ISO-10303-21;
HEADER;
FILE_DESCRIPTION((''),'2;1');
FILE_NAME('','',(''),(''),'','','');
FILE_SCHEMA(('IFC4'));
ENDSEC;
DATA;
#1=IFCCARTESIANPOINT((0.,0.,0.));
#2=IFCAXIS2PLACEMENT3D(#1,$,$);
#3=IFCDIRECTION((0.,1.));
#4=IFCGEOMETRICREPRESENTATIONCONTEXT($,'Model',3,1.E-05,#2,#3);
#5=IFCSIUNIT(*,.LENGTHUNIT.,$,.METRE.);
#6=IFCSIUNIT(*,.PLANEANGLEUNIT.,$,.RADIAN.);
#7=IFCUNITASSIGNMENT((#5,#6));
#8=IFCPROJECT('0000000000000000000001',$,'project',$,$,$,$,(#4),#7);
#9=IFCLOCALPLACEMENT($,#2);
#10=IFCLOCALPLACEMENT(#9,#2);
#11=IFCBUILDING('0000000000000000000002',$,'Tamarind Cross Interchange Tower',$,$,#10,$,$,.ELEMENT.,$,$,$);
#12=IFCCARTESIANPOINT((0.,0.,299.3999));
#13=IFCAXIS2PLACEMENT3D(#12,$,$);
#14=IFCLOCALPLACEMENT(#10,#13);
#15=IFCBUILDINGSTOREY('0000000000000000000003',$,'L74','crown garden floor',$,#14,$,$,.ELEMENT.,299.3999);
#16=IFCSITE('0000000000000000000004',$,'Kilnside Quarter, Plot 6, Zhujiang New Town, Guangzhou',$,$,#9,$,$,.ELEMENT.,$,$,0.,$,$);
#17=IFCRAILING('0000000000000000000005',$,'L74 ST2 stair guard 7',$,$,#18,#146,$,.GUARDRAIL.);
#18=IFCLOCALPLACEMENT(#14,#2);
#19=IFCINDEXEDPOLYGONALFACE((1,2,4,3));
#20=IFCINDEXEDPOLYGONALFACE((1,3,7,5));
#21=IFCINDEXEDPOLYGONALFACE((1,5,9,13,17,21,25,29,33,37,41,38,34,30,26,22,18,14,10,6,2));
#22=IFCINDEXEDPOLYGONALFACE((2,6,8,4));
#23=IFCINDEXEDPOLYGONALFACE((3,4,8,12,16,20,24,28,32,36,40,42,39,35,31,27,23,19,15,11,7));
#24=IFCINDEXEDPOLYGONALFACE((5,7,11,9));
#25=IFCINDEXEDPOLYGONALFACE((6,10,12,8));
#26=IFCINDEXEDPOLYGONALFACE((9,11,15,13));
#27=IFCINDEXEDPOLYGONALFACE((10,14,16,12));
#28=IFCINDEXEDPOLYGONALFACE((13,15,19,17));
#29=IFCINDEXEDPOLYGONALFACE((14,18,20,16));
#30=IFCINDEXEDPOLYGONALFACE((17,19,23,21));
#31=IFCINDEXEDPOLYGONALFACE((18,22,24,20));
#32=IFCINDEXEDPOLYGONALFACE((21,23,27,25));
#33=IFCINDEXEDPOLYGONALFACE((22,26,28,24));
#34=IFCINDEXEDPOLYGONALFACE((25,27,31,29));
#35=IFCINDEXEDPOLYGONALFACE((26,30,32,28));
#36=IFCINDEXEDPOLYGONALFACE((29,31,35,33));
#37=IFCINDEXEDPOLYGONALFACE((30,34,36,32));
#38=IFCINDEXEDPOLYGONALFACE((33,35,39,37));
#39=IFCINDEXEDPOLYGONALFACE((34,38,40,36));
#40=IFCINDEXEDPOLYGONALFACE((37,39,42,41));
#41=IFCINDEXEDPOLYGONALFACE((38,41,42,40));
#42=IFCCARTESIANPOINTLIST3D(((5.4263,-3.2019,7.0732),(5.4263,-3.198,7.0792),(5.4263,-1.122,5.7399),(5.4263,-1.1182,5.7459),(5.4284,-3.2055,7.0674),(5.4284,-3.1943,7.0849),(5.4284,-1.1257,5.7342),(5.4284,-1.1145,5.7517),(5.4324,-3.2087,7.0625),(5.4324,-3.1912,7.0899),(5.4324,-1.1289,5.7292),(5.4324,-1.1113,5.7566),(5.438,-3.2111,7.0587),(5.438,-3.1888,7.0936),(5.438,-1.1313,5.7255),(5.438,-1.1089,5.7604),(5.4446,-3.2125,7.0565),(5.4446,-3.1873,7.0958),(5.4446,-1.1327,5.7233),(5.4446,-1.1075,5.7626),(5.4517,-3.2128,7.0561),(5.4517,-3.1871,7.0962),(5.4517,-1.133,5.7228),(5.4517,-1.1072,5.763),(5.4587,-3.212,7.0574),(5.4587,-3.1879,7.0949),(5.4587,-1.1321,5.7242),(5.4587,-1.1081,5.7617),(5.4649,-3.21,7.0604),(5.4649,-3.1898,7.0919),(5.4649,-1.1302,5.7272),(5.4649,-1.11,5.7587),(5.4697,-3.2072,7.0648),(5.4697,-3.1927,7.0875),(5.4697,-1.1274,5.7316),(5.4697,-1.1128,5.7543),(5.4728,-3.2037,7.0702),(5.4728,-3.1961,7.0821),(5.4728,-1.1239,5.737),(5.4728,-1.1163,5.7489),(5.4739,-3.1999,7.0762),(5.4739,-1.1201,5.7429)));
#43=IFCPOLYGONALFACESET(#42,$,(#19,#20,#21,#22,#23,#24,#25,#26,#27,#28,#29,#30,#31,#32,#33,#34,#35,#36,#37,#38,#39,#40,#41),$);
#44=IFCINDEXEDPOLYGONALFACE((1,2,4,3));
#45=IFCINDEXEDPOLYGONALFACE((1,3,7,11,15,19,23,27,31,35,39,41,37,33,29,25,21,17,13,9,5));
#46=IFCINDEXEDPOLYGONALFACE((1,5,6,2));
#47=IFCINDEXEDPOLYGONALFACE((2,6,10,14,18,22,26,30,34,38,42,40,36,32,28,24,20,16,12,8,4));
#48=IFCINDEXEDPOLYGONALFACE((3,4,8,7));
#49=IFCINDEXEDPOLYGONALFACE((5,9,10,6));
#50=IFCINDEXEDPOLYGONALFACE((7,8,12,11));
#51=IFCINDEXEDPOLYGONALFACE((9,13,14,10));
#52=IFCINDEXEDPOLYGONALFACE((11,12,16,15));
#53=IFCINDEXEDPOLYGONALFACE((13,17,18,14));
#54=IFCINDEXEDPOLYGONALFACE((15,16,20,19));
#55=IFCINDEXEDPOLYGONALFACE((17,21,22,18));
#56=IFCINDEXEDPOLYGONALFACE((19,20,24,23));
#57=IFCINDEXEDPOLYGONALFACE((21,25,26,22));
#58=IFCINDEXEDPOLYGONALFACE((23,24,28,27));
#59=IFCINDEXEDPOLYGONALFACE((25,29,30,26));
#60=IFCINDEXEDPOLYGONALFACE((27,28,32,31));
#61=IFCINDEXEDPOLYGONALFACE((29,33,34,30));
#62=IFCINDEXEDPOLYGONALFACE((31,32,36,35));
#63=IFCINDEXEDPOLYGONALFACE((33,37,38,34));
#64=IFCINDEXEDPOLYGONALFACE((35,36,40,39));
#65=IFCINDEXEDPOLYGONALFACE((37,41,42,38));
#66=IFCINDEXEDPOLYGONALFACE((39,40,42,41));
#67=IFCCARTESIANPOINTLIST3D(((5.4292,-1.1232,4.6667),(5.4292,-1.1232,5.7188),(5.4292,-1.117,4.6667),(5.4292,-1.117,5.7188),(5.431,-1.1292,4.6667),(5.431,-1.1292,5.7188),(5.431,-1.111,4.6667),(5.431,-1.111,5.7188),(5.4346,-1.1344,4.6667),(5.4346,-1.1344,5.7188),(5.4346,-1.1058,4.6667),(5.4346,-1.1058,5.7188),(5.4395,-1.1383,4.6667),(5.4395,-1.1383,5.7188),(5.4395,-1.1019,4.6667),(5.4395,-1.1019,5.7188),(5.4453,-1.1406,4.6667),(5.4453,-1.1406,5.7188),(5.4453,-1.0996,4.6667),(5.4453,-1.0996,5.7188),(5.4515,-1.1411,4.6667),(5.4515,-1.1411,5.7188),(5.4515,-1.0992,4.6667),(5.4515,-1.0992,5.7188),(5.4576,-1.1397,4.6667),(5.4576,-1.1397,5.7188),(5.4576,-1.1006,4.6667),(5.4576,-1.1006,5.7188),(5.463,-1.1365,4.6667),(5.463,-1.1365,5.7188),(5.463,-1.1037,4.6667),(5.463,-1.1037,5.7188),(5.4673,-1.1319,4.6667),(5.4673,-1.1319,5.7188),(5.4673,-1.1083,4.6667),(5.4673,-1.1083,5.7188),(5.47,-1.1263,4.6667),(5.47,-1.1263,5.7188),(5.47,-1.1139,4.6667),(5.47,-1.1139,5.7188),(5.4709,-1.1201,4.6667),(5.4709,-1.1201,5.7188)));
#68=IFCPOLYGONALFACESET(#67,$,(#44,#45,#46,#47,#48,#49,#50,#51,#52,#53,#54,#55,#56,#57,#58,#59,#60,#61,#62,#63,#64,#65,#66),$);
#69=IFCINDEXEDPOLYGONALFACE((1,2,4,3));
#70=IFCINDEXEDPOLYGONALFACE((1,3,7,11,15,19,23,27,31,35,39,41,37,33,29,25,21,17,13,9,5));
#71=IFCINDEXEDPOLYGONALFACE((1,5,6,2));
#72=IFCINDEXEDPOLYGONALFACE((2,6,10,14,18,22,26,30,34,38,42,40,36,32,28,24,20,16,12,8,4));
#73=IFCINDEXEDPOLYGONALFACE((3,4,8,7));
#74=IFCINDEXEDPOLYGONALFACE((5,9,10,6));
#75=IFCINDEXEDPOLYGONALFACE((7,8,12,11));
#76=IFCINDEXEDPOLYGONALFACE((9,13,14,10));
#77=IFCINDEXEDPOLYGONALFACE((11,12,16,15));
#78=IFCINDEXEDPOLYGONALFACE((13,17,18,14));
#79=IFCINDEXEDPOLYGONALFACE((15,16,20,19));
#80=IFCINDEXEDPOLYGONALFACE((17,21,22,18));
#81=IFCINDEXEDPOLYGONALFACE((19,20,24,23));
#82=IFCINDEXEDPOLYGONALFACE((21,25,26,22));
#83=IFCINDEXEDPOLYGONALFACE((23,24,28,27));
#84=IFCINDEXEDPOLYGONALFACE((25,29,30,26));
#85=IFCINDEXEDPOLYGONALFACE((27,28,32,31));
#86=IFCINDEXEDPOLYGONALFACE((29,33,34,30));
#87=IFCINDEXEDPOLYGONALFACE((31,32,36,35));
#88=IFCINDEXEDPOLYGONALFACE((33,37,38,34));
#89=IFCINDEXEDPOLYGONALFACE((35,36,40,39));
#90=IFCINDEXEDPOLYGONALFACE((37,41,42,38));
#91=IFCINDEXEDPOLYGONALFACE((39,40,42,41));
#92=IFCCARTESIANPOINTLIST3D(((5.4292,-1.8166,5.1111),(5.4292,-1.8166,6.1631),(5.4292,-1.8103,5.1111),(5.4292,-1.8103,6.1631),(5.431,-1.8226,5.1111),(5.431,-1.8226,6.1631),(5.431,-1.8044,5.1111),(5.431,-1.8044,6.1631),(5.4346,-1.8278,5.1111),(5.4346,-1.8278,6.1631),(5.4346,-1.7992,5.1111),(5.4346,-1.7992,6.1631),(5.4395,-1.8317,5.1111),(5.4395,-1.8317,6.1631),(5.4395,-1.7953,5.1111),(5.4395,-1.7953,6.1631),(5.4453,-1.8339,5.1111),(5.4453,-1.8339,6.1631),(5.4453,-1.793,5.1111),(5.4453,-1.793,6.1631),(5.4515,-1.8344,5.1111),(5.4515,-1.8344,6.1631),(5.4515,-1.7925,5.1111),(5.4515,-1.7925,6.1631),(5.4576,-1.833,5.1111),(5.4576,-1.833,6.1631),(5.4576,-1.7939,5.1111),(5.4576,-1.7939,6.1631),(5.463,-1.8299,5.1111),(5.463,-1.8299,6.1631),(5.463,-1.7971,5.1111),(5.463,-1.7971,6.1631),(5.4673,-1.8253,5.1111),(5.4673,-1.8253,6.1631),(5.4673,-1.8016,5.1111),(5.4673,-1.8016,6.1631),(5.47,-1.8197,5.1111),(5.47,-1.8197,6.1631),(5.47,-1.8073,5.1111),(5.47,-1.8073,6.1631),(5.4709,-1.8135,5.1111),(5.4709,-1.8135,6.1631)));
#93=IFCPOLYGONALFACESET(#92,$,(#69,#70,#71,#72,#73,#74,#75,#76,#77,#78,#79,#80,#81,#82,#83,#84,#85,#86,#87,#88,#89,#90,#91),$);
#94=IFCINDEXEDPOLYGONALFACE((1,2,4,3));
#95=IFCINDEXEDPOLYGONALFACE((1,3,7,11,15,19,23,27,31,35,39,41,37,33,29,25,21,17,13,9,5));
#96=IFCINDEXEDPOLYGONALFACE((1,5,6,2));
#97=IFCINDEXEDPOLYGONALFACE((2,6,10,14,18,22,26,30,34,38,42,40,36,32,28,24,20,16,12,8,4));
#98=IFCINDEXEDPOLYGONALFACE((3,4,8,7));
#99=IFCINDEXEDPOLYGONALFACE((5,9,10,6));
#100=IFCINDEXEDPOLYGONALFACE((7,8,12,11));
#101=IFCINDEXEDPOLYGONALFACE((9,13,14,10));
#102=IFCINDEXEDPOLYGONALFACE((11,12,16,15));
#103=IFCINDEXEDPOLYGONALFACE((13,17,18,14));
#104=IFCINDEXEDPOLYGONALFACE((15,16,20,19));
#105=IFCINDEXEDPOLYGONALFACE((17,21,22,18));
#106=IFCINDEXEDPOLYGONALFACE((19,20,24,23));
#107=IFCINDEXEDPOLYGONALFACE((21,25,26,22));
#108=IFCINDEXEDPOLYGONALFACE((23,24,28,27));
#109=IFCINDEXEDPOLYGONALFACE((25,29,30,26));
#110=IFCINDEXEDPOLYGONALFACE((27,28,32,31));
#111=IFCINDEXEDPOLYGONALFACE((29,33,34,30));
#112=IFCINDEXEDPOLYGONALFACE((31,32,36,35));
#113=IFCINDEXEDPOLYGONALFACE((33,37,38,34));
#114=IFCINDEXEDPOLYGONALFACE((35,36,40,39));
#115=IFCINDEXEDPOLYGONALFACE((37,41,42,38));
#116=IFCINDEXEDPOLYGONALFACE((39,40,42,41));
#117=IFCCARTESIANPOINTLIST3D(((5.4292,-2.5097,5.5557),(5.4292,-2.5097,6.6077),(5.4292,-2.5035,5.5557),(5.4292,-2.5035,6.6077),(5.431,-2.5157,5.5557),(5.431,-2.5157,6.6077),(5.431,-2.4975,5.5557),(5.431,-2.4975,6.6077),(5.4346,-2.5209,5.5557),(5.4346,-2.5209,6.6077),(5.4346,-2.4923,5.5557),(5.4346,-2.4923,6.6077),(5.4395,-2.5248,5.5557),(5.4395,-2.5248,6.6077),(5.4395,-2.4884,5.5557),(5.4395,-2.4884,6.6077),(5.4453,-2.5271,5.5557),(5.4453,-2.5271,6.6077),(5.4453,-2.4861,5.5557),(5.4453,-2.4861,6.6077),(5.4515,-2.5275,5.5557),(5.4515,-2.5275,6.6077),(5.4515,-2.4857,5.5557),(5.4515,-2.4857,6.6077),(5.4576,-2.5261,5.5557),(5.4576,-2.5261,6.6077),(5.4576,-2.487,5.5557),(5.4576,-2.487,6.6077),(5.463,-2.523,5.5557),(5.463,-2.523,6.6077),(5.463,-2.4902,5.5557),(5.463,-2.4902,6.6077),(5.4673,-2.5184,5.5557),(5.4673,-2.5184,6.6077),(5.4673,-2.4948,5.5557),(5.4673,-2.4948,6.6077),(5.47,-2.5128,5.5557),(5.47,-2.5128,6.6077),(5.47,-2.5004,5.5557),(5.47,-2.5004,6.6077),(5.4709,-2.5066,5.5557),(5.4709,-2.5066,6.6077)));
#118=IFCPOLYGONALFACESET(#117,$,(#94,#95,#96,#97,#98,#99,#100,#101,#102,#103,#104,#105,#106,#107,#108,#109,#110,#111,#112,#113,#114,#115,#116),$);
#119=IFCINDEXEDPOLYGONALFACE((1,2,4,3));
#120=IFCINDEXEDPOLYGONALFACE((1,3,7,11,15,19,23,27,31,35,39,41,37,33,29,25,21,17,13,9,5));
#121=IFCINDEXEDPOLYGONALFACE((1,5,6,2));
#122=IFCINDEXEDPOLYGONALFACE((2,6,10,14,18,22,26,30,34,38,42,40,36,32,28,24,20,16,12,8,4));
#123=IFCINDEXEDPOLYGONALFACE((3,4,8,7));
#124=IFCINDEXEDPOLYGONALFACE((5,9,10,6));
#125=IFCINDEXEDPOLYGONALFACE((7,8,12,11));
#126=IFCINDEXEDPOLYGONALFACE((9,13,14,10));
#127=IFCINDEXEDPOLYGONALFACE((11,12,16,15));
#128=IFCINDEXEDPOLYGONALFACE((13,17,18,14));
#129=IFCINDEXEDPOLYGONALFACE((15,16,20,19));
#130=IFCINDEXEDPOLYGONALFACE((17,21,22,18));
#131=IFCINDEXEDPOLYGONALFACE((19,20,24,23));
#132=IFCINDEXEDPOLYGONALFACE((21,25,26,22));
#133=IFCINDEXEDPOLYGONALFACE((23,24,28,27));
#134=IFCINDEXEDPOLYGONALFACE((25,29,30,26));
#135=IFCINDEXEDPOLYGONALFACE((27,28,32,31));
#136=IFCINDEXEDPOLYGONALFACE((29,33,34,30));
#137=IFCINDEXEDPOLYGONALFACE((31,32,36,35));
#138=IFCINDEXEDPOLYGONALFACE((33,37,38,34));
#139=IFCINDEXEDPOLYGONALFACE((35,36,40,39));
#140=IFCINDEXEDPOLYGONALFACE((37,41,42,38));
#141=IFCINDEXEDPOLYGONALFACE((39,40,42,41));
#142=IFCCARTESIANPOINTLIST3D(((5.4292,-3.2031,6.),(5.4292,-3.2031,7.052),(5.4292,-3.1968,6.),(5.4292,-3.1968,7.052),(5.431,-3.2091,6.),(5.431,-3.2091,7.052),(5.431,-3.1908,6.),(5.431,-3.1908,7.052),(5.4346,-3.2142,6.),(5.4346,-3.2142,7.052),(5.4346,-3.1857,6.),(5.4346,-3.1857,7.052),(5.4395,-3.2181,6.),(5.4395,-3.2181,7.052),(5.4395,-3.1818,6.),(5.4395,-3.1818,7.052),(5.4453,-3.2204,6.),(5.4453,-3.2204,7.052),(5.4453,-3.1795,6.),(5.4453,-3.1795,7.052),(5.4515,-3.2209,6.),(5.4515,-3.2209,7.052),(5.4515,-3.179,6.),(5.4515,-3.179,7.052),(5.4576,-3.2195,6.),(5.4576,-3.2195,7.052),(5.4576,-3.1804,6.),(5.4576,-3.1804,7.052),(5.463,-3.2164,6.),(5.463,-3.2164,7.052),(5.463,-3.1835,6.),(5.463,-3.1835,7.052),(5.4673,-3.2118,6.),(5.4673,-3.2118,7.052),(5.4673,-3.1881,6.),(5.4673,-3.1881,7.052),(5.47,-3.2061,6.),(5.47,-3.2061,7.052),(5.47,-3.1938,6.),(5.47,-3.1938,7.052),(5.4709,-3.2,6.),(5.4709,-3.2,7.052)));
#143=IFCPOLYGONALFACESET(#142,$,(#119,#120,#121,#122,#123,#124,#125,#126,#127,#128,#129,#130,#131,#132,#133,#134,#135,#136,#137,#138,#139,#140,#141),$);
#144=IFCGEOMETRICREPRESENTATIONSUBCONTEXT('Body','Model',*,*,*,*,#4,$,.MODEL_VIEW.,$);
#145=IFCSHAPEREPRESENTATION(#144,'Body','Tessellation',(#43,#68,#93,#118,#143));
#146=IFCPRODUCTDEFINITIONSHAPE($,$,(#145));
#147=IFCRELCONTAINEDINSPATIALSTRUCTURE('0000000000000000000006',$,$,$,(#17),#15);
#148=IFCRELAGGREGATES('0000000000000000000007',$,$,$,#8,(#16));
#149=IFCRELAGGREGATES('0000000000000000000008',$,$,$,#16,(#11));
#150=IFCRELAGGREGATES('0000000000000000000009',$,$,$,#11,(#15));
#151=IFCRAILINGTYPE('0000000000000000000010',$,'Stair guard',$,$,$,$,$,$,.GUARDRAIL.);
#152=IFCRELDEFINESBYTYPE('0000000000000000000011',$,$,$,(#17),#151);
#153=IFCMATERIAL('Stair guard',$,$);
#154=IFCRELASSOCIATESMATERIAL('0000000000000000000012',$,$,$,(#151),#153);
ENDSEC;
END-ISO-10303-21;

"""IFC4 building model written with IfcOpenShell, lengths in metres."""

from ifc_helpers import new_model, si_unit, direction, frame, origin, origin_2d, place, context, subcontext, project, spatial, circle, extrude, material, type_object, element, save


model = new_model("IFC4")

# Units and contexts
model_context = context("Model", 3, precision=1e-05, world=origin(), true_north=direction((0.0, 1.0)))
body_context = subcontext(model_context, "Body", "Model", "MODEL_VIEW")
ifc_project = project(units=[si_unit("LENGTHUNIT", "METRE"), si_unit("PLANEANGLEUNIT", "RADIAN")], contexts=[model_context])

# Site, building, storey
site_placement = place(None, origin())
site = spatial("IfcSite", under=ifc_project, at=site_placement, Name="Kilnside Quarter, Plot 6, Zhujiang New Town, Guangzhou", CompositionType="ELEMENT", RefElevation=0.0)
building_placement = place(site_placement, origin())
building = spatial("IfcBuilding", under=site, at=building_placement, Name="Tamarind Cross Interchange Tower", CompositionType="ELEMENT")
storey_placement = place(building_placement, frame((0.0, 0.0, 299.3999)))
storey = spatial("IfcBuildingStorey", under=building, at=storey_placement, Name="L74", Description="crown garden floor", CompositionType="ELEMENT", Elevation=299.3999)

# Railing
ifc_material_1 = material(Name="Stair guard")
railing_type_1 = type_object("IfcRailingType", Name="Stair guard", PredefinedType="GUARDRAIL", material=ifc_material_1)
railing_1_placement = place(storey_placement, frame((5.45, -1.1201, 4.6667)))
element("IfcRailing", 1, at=railing_1_placement, inside=storey, type_object=railing_type_1, Name="L74 ST2 stair guard 7", PredefinedType="GUARDRAIL", context=body_context, shape_type="SweptSolid", body=[
    extrude(circle(Radius=0.0239, at=origin_2d()), frame((0.0, 0.0, 1.0762), z_axis=(0.0, -0.841875, 0.539673), x_axis=(1.0, 0.0, 0.0)), (0.0, 0.0, 1.0), 2.4705),
    extrude(circle(Radius=0.021, at=origin_2d()), origin(), (0.0, 0.0, 1.0), 1.052),
    extrude(circle(Radius=0.021, at=origin_2d()), frame((0.0, -0.6934, 0.4443)), (0.0, 0.0, 1.0), 1.052),
    extrude(circle(Radius=0.021, at=origin_2d()), frame((0.0, -1.3865, 0.8889)), (0.0, 0.0, 1.0), 1.052),
    extrude(circle(Radius=0.021, at=origin_2d()), frame((0.0, -2.0798, 1.3333)), (0.0, 0.0, 1.0), 1.052),
])

save(model, "model.ifc")
